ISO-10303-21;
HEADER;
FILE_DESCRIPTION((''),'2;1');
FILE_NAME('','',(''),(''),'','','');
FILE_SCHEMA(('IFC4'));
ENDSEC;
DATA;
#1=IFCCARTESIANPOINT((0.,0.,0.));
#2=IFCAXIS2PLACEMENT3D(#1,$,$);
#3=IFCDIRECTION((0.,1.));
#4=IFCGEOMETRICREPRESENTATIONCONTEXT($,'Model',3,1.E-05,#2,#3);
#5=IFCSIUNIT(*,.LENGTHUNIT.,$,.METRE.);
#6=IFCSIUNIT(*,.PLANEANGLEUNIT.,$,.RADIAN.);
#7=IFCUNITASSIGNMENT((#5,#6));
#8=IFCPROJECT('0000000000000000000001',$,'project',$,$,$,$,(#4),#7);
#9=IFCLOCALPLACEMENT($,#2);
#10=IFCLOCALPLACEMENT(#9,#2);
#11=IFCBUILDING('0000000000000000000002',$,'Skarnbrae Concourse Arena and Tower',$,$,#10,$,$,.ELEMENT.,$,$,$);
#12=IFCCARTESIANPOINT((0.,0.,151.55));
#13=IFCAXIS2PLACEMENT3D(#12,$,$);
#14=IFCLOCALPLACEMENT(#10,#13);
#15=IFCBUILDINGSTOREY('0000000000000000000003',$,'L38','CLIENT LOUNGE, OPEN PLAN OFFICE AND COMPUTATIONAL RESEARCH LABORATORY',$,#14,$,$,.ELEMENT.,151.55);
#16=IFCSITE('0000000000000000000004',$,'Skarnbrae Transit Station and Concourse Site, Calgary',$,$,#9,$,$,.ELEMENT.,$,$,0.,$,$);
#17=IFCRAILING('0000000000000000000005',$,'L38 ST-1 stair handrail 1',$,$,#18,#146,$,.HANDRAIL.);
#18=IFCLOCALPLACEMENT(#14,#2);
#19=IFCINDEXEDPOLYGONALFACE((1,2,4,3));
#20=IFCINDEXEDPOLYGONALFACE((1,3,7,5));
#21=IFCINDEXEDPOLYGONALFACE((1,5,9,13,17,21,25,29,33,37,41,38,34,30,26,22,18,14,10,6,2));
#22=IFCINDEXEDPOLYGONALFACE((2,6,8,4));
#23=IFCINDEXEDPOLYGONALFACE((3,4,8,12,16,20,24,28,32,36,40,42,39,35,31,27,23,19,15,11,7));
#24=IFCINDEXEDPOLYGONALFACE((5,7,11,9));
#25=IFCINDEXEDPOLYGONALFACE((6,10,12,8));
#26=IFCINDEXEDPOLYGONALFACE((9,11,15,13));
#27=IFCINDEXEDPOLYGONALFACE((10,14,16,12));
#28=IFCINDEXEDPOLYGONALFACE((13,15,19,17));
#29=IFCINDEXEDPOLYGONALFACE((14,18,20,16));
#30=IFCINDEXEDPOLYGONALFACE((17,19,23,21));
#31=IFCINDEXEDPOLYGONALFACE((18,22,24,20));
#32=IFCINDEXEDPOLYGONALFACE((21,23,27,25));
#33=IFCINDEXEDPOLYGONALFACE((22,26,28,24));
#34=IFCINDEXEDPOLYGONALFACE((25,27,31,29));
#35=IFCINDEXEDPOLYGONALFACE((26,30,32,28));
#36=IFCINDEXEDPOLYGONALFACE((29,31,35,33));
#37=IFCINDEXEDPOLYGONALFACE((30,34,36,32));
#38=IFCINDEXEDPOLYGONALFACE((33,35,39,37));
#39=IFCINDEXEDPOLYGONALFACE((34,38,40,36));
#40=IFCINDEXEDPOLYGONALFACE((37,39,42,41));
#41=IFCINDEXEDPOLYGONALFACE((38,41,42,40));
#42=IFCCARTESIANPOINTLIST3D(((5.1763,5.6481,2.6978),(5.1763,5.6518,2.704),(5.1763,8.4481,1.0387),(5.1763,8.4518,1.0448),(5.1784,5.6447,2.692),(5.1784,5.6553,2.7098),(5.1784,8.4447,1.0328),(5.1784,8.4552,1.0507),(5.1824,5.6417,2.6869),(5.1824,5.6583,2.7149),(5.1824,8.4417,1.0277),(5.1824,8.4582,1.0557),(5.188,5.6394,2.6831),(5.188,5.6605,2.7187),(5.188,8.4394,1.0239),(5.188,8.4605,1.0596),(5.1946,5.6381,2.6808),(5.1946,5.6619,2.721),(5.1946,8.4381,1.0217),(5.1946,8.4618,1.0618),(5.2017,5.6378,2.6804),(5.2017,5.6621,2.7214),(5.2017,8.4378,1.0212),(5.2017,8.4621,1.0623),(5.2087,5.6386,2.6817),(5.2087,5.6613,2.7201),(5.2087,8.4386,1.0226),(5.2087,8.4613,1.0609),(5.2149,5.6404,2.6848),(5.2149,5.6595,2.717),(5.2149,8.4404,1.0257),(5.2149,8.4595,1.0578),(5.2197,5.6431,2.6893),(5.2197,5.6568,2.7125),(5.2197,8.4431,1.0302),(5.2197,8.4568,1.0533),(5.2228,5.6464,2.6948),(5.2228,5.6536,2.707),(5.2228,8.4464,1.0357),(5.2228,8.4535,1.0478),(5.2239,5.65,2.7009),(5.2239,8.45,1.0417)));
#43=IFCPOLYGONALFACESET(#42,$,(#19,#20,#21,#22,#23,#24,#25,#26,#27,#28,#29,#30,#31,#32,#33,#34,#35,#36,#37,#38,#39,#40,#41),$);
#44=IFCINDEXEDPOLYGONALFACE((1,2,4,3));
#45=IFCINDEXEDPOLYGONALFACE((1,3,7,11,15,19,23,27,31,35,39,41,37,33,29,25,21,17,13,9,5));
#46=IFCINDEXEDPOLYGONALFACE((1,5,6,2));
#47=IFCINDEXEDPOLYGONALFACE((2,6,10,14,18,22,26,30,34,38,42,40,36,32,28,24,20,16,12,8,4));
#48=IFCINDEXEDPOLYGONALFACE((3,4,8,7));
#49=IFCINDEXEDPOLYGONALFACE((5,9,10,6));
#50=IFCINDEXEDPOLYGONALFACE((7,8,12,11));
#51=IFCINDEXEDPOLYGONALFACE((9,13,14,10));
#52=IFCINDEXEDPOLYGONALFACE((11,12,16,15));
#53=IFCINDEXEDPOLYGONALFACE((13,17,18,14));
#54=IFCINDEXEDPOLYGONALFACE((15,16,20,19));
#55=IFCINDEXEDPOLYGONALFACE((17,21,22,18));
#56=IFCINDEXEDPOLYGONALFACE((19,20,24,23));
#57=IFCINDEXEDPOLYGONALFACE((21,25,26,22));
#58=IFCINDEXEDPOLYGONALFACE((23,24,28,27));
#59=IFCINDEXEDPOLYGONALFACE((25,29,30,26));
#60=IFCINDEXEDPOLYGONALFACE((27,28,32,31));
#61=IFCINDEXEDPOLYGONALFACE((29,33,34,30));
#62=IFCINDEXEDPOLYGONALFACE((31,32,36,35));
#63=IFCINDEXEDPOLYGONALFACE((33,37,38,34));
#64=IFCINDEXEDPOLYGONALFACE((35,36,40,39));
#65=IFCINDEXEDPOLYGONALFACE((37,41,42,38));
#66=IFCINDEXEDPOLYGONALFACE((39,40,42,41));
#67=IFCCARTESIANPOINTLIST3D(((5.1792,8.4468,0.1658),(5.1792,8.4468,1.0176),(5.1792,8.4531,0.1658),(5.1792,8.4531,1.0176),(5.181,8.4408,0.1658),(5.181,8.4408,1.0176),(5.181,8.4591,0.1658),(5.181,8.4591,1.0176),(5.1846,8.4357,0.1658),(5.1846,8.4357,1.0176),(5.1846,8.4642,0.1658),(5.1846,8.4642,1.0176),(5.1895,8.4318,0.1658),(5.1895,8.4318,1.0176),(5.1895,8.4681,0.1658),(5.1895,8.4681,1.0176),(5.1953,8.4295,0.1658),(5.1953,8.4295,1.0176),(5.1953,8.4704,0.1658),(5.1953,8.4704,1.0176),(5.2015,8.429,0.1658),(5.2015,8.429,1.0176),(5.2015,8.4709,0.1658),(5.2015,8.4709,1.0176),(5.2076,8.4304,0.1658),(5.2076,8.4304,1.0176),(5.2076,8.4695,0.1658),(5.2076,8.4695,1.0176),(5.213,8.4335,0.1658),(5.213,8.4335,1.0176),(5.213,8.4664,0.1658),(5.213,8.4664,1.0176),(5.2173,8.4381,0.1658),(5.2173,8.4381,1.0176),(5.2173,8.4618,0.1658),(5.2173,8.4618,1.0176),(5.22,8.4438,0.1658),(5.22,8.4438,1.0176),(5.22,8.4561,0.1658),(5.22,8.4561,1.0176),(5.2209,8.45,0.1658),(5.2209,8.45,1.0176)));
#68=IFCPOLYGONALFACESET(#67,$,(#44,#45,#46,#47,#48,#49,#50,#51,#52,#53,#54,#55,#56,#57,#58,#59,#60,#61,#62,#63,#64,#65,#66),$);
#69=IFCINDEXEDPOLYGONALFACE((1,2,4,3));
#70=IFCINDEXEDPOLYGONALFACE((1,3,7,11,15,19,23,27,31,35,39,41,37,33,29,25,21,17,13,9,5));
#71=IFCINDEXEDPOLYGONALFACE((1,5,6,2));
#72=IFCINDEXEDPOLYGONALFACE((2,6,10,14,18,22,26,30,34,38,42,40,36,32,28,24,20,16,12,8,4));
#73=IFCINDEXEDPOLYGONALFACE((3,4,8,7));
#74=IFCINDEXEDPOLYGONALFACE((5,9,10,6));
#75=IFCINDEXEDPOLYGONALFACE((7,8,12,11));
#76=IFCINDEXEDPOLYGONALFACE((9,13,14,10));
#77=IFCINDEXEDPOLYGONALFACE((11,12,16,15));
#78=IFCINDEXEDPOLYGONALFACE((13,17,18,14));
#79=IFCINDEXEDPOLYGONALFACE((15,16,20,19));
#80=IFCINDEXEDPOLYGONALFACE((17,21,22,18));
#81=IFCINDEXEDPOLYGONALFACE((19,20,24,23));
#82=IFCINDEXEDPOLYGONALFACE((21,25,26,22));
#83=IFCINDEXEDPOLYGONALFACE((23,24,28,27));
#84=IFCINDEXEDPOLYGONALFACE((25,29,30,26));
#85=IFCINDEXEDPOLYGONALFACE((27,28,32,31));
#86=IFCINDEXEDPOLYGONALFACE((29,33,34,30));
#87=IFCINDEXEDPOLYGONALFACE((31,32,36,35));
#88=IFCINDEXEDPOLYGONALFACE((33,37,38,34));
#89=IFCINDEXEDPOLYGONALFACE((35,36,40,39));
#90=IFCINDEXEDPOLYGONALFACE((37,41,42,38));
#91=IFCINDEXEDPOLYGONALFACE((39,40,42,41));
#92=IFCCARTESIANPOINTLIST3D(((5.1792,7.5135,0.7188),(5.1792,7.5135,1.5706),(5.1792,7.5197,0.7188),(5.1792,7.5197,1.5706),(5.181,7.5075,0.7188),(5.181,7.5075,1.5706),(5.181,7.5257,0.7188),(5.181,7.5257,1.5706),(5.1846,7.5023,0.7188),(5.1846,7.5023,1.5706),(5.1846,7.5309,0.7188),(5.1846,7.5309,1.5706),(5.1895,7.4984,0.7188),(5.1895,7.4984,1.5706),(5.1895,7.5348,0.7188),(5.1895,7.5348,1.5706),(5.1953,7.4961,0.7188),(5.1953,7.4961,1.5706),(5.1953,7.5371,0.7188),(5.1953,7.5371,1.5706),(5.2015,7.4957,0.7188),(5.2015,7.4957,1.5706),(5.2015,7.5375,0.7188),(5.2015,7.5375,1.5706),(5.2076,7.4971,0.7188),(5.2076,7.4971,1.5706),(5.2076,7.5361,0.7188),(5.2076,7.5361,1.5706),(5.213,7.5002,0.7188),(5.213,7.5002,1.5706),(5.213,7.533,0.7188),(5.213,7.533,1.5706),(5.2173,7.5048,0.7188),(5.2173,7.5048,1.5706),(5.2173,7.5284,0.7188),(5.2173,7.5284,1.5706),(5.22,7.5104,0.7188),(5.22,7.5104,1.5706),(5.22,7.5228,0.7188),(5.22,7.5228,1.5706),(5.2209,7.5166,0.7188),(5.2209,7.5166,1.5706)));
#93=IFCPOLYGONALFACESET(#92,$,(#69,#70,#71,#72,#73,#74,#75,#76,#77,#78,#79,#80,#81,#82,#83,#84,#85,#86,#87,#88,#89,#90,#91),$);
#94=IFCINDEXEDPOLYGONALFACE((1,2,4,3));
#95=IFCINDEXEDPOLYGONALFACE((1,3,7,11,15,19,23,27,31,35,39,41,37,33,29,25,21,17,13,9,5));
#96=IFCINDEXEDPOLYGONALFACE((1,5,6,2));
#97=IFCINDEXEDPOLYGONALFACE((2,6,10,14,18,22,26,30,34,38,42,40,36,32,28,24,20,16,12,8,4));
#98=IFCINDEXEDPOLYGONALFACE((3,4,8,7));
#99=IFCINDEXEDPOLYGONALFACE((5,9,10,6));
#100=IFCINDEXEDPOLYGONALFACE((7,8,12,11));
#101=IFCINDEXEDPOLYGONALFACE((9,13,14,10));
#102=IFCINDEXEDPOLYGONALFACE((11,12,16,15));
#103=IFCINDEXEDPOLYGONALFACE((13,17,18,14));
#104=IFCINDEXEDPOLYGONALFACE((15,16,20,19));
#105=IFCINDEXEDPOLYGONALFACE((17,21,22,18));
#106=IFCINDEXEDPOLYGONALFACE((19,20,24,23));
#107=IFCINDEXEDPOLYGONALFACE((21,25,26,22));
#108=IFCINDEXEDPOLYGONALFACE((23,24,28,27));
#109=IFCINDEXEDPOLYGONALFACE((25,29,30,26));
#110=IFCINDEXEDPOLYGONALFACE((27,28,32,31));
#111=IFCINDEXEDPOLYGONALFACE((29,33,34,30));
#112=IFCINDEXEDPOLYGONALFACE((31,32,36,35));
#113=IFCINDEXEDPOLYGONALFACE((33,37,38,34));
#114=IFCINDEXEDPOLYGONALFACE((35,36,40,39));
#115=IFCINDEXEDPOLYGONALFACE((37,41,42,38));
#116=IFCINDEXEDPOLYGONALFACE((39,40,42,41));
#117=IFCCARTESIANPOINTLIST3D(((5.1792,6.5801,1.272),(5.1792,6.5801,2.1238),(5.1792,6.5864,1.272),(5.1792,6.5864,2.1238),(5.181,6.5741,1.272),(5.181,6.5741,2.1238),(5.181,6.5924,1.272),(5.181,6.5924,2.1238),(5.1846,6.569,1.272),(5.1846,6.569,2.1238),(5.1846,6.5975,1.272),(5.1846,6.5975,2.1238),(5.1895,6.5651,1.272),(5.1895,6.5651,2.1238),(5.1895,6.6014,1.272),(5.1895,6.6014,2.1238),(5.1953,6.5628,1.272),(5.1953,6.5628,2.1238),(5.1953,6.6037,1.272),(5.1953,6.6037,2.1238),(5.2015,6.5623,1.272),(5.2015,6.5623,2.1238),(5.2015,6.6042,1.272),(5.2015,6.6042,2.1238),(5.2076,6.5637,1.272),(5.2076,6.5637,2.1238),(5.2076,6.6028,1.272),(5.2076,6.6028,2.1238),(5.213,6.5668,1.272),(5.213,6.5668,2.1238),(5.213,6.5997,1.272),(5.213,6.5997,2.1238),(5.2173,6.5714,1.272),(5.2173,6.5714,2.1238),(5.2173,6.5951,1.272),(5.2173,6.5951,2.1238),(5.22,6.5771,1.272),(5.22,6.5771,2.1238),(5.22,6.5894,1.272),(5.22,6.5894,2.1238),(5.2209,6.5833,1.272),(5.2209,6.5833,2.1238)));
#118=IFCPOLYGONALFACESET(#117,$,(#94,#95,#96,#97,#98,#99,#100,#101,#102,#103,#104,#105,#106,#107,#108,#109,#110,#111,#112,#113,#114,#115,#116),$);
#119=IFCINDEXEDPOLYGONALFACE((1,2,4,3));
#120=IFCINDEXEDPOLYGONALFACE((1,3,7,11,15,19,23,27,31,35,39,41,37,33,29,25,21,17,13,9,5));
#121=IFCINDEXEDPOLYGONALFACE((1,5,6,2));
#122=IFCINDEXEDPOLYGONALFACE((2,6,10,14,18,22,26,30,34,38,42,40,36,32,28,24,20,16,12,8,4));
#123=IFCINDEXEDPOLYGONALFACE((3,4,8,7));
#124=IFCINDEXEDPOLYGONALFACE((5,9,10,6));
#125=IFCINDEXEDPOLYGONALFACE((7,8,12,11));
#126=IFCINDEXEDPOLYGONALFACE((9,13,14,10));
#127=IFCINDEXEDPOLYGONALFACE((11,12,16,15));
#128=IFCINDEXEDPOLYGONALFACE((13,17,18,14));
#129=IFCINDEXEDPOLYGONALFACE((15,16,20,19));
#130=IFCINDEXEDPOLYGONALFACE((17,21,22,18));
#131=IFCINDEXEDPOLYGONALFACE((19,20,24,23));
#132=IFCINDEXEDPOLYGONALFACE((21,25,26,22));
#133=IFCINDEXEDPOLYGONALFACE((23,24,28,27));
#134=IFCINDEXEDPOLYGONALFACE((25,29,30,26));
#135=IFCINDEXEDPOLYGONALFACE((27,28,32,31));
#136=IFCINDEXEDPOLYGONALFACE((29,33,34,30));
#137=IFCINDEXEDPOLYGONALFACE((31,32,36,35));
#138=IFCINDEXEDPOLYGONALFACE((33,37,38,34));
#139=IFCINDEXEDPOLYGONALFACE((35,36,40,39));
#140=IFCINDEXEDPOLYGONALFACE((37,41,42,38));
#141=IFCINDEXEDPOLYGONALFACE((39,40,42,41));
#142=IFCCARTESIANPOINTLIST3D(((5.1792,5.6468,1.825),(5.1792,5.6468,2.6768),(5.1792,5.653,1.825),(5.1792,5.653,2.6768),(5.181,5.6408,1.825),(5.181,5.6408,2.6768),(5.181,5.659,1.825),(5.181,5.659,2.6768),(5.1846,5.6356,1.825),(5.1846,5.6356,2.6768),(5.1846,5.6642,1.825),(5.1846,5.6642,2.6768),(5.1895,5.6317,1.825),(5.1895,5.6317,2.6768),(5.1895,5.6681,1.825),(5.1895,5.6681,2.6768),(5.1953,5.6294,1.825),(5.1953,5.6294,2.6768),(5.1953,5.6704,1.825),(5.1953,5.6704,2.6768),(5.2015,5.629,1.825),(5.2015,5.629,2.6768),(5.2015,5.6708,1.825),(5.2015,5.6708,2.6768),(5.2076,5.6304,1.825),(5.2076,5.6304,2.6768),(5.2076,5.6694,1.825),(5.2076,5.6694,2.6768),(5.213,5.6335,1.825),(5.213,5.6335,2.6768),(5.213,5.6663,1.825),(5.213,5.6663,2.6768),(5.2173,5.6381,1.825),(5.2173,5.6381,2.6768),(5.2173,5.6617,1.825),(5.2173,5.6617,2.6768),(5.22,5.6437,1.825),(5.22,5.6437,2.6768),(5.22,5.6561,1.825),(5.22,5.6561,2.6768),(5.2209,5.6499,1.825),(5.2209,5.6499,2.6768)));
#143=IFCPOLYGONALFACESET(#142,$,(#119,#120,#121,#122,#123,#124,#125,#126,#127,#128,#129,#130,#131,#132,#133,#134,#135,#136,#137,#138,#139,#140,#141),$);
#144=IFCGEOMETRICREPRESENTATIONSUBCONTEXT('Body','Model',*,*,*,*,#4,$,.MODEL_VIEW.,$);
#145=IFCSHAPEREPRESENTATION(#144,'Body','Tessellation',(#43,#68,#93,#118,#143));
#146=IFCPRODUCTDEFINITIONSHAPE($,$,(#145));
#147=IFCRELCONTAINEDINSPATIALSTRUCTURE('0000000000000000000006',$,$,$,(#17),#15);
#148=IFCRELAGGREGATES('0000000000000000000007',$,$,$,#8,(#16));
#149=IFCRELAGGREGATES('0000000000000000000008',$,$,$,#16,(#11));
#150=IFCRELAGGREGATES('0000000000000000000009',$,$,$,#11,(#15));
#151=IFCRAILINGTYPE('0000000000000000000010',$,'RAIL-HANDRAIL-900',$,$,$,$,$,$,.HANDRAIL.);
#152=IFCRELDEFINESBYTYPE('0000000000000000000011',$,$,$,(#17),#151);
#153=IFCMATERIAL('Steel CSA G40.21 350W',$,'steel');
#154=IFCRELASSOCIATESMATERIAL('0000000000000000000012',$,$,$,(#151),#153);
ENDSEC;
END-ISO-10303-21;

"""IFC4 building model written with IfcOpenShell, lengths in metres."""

from ifc_helpers import new_model, si_unit, direction, frame, origin, origin_2d, place, context, subcontext, project, spatial, circle, extrude, material, type_object, element, save


model = new_model("IFC4")

# Units and contexts
model_context = context("Model", 3, precision=1e-05, world=origin(), true_north=direction((0.0, 1.0)))
body_context = subcontext(model_context, "Body", "Model", "MODEL_VIEW")
ifc_project = project(units=[si_unit("LENGTHUNIT", "METRE"), si_unit("PLANEANGLEUNIT", "RADIAN")], contexts=[model_context])

# Site, building, storey
site_placement = place(None, origin())
site = spatial("IfcSite", under=ifc_project, at=site_placement, Name="Skarnbrae Transit Station and Concourse Site, Calgary", CompositionType="ELEMENT", RefElevation=0.0)
building_placement = place(site_placement, origin())
building = spatial("IfcBuilding", under=site, at=building_placement, Name="Skarnbrae Concourse Arena and Tower", CompositionType="ELEMENT")
storey_placement = place(building_placement, frame((0.0, 0.0, 151.55)))
storey = spatial("IfcBuildingStorey", under=building, at=storey_placement, Name="L38", Description="CLIENT LOUNGE, OPEN PLAN OFFICE AND COMPUTATIONAL RESEARCH LABORATORY", CompositionType="ELEMENT", Elevation=151.55)

# Railing
ifc_material_1 = material(Name="Steel CSA G40.21 350W", Category="steel")
railing_type_1 = type_object("IfcRailingType", Name="RAIL-HANDRAIL-900", PredefinedType="HANDRAIL", material=ifc_material_1)
railing_1_placement = place(storey_placement, frame((5.2, 8.45, 0.1658)))
element("IfcRailing", 1, at=railing_1_placement, inside=storey, type_object=railing_type_1, Name="L38 ST-1 stair handrail 1", PredefinedType="HANDRAIL", context=body_context, shape_type="SweptSolid", body=[
    extrude(circle(Radius=0.0239, at=origin_2d()), frame((0.0, 0.0, 0.876), z_axis=(0.0, -0.860306, 0.509778), x_axis=(1.0, 0.0, 0.0)), (0.0, 0.0, 1.0), 3.2546),
    extrude(circle(Radius=0.021, at=origin_2d()), origin(), (0.0, 0.0, 1.0), 0.8518),
    extrude(circle(Radius=0.021, at=origin_2d()), frame((0.0, -0.9333, 0.553)), (0.0, 0.0, 1.0), 0.8518),
    extrude(circle(Radius=0.021, at=origin_2d()), frame((0.0, -1.8667, 1.1062)), (0.0, 0.0, 1.0), 0.8518),
    extrude(circle(Radius=0.021, at=origin_2d()), frame((0.0, -2.8, 1.6592)), (0.0, 0.0, 1.0), 0.8518),
])

save(model, "model.ifc")
